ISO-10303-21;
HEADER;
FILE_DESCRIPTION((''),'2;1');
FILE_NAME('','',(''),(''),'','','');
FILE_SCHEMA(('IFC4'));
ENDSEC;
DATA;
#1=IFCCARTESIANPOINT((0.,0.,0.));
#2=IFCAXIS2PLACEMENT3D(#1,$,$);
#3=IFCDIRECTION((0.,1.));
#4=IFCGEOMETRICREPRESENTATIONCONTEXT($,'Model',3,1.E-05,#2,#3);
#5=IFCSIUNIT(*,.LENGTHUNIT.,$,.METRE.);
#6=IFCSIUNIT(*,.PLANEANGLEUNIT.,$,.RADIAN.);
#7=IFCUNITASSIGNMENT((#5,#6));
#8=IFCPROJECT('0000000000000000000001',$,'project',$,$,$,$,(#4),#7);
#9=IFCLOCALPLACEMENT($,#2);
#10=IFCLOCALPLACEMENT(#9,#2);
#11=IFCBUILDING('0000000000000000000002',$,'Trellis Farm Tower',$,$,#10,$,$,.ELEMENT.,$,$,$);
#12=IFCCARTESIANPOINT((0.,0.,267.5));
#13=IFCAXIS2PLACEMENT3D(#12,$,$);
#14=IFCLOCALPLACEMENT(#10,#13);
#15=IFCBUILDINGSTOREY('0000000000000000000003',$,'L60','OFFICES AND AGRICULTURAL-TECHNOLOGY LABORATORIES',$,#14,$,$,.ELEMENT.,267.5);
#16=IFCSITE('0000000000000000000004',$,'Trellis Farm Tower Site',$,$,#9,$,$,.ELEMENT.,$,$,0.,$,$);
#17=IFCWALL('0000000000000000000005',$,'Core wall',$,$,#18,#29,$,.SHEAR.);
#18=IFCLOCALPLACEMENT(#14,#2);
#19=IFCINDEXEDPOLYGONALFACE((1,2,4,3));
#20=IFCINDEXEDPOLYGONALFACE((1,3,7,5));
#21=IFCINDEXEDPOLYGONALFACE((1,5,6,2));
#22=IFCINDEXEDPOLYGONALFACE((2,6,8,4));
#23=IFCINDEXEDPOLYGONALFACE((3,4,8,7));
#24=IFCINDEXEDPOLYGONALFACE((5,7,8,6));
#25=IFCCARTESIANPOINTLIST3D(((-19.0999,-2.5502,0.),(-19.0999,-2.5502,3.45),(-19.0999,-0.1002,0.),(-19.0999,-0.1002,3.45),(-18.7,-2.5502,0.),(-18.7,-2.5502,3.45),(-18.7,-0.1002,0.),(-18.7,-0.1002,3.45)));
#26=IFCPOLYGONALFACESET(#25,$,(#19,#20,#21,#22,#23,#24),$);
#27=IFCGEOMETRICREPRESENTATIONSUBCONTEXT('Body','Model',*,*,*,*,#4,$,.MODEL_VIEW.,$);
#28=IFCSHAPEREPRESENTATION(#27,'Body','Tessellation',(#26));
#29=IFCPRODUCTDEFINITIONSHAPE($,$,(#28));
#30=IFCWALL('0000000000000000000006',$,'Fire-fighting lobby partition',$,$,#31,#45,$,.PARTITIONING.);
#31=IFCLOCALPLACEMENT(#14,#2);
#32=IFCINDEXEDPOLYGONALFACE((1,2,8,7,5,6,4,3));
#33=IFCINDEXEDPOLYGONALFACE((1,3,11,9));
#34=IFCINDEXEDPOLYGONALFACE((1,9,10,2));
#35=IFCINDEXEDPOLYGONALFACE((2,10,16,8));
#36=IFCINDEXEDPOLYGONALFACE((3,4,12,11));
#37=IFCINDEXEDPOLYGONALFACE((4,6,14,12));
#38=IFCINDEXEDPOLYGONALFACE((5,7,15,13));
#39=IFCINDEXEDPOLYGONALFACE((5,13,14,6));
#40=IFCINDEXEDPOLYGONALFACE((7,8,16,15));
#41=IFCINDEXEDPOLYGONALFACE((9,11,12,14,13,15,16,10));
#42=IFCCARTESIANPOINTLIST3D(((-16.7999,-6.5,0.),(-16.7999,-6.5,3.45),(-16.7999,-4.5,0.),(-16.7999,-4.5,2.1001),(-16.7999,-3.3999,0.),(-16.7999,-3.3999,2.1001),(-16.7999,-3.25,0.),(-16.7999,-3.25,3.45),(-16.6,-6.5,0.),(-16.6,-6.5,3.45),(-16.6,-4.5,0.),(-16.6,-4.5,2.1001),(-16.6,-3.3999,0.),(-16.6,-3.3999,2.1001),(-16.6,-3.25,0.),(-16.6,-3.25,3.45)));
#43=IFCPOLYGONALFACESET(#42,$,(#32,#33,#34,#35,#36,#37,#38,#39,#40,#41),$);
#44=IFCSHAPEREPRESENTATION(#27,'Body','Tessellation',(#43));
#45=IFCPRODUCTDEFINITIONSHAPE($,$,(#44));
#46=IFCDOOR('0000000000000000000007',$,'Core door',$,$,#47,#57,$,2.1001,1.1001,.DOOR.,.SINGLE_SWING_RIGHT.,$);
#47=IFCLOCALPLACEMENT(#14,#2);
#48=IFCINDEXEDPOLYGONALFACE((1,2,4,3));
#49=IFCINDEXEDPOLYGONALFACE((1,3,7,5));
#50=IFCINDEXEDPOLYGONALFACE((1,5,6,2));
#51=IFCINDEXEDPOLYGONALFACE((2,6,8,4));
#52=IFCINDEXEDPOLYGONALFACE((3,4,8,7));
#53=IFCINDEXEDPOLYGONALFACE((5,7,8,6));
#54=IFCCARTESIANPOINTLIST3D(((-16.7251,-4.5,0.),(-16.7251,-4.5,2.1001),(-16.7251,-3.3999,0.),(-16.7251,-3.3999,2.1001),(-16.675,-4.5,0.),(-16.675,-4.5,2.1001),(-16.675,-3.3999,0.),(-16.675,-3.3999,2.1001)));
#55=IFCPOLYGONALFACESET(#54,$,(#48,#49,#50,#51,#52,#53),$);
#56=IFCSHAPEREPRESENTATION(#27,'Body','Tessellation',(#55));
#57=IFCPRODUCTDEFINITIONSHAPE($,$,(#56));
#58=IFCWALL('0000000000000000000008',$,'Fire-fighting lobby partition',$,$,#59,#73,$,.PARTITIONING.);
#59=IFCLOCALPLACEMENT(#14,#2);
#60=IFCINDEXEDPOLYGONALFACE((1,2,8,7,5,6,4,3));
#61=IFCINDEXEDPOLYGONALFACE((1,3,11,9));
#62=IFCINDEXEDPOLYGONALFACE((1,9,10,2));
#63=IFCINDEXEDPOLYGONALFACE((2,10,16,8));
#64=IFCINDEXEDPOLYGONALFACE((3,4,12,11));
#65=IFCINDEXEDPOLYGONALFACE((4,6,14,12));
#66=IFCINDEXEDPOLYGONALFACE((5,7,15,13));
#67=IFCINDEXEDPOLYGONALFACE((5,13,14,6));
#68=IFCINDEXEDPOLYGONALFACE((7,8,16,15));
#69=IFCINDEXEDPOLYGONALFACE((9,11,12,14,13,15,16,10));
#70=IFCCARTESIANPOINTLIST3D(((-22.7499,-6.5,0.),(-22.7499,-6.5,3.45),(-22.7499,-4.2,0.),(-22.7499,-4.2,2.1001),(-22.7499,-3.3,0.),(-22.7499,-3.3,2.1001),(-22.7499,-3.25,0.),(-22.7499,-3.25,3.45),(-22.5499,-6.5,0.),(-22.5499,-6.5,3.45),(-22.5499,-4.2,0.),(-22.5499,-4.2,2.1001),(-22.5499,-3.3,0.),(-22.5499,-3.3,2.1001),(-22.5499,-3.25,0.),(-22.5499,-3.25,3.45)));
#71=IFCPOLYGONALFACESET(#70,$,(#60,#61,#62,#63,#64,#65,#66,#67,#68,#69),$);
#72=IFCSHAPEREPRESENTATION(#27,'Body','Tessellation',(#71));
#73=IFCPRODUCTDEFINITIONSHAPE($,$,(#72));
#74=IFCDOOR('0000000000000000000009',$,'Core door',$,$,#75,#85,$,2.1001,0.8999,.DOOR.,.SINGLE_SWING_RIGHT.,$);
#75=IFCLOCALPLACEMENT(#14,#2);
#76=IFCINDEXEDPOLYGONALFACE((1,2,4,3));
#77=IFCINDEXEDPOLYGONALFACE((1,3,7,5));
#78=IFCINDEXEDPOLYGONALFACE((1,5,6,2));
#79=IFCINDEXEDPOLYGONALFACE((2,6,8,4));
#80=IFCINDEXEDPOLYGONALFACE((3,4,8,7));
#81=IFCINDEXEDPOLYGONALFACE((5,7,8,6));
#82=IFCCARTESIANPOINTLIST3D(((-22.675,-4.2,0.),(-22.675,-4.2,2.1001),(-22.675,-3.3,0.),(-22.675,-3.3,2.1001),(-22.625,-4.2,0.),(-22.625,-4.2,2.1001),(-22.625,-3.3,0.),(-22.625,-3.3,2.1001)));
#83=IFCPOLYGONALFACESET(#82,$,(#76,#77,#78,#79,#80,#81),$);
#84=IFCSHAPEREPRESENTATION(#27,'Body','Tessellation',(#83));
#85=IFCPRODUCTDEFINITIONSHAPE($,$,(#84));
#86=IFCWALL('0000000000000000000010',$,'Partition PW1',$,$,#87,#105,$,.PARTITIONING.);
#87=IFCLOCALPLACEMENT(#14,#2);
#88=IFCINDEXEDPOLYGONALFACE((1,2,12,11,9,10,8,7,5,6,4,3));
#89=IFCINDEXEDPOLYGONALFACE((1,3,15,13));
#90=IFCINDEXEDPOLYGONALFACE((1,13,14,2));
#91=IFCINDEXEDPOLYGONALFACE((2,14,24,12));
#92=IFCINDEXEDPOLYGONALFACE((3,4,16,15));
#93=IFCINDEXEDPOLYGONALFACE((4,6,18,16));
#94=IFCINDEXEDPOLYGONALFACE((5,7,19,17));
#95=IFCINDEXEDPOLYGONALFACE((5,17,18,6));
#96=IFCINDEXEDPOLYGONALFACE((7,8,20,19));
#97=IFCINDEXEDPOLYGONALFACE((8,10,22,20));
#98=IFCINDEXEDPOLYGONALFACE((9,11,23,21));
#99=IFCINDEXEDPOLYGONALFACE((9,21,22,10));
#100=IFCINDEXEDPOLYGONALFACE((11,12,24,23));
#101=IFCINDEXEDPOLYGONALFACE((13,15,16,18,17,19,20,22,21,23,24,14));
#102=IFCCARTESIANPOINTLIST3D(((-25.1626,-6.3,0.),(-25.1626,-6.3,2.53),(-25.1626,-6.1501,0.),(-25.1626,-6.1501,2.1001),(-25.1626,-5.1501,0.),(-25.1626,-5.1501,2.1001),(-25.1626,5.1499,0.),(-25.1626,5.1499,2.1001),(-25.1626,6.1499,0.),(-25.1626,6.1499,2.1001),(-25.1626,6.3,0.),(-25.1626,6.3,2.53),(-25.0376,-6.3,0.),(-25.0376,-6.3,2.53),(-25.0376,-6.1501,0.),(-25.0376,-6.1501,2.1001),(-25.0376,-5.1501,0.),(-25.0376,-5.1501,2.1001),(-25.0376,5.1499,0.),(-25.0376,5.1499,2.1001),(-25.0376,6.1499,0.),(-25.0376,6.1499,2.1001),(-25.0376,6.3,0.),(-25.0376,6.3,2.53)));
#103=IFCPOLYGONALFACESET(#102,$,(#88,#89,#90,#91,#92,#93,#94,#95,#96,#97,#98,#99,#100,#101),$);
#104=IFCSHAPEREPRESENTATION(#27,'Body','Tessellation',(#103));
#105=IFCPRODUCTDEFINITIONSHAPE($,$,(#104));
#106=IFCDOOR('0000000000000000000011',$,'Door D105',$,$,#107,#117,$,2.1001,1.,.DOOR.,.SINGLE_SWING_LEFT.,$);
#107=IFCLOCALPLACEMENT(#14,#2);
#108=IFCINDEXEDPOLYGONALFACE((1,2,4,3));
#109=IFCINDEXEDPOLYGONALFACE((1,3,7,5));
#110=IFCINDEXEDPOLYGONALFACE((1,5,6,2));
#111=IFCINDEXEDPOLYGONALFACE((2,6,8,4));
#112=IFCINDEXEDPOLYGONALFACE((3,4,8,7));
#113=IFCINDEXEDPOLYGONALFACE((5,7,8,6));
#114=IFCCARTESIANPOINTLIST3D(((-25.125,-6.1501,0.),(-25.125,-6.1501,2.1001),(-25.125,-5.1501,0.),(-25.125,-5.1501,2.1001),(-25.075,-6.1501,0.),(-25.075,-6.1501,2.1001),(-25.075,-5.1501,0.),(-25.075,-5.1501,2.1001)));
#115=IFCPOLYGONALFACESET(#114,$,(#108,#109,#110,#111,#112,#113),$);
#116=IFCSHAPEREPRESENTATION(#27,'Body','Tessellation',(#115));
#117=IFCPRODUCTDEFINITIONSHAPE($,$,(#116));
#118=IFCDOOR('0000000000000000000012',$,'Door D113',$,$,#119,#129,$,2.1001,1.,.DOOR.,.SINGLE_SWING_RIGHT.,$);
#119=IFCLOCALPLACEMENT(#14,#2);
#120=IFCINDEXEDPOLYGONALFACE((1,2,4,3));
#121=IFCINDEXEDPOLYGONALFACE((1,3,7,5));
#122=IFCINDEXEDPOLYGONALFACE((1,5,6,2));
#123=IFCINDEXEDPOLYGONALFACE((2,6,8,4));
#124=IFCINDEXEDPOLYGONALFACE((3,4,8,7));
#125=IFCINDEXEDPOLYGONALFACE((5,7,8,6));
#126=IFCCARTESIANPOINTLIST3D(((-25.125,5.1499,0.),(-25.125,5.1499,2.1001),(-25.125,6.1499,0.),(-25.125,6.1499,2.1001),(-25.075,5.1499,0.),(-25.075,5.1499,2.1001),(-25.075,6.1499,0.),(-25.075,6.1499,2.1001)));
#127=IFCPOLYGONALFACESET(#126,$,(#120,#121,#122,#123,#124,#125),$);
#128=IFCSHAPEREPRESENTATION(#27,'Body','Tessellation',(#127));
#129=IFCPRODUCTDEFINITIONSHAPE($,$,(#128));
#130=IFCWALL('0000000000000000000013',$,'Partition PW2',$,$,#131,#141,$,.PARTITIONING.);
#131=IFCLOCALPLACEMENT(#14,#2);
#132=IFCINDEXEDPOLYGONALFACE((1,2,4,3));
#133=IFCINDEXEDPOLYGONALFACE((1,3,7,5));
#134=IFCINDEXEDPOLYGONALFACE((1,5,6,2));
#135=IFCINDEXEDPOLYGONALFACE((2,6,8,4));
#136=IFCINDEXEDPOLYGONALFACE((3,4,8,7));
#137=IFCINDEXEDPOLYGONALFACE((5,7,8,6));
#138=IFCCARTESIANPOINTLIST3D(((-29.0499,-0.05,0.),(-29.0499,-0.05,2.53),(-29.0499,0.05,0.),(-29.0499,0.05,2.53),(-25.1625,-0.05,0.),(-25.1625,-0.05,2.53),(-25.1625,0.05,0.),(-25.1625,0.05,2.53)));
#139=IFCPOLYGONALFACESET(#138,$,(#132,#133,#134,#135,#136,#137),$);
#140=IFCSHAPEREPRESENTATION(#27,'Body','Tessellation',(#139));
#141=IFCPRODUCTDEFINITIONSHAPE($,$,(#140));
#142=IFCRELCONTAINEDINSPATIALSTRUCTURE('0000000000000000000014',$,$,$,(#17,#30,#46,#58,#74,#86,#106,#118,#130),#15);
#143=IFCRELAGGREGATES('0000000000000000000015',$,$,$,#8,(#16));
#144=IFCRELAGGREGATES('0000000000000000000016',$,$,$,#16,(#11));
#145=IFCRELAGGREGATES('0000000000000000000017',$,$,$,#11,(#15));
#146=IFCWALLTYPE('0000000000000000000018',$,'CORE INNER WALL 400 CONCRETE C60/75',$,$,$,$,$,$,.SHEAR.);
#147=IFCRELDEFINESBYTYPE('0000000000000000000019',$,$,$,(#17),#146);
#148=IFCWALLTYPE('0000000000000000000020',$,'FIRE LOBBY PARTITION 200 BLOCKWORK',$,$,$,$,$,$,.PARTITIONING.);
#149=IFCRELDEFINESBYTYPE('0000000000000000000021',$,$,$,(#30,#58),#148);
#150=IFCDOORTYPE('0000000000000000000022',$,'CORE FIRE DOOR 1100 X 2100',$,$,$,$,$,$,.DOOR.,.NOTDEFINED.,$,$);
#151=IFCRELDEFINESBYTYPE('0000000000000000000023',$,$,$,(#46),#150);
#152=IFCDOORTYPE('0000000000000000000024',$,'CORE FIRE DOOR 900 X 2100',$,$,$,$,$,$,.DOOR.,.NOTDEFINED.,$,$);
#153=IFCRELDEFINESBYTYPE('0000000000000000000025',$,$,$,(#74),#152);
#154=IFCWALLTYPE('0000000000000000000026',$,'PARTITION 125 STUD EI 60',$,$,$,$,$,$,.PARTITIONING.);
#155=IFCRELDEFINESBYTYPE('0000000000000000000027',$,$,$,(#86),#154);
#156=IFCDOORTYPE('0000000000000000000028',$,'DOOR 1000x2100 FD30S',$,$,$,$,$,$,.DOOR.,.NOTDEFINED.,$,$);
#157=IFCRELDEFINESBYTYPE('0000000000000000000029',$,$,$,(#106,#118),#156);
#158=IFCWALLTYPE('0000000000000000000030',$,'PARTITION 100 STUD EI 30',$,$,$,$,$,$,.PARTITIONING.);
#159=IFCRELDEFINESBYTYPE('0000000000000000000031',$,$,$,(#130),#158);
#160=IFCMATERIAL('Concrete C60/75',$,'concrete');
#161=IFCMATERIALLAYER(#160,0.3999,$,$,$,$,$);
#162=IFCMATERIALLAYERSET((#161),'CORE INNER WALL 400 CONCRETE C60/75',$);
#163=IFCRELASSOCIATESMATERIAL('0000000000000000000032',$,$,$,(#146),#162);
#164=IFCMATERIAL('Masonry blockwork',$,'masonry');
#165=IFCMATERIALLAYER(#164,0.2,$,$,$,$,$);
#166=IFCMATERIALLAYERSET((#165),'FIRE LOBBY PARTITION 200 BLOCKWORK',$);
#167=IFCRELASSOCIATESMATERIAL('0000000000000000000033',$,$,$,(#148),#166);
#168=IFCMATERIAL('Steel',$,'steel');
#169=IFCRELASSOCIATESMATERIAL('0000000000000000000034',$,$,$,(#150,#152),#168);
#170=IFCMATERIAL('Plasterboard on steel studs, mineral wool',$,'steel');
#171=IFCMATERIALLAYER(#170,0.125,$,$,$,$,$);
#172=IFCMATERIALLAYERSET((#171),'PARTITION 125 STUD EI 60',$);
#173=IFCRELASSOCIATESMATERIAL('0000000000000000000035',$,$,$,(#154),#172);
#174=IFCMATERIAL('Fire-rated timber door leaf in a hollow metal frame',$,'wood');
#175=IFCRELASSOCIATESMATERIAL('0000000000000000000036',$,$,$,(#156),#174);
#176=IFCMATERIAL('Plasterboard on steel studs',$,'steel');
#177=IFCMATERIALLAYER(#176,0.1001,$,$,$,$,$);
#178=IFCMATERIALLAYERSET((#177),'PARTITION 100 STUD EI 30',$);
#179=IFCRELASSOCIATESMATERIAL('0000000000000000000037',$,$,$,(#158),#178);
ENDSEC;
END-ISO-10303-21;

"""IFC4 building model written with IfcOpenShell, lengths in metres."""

from ifc_helpers import new_model, si_unit, direction, frame, frame_2d, origin, place, context, subcontext, project, spatial, rectangle, extrude, source, transform, mapped, material, layer, layer_set, type_object, element, fill, save


model = new_model("IFC4")

# Units and contexts
model_context = context("Model", 3, precision=1e-05, world=origin(), true_north=direction((0.0, 1.0)))
body_context = subcontext(model_context, "Body", "Model", "MODEL_VIEW")
ifc_project = project(units=[si_unit("LENGTHUNIT", "METRE"), si_unit("PLANEANGLEUNIT", "RADIAN")], contexts=[model_context])

# Site, building, storey
site_placement = place(None, origin())
site = spatial("IfcSite", under=ifc_project, at=site_placement, Name="Trellis Farm Tower Site", CompositionType="ELEMENT", RefElevation=0.0)
building_placement = place(site_placement, origin())
building = spatial("IfcBuilding", under=site, at=building_placement, Name="Trellis Farm Tower", CompositionType="ELEMENT")
storey_placement = place(building_placement, frame((0.0, 0.0, 267.5)))
storey = spatial("IfcBuildingStorey", under=building, at=storey_placement, Name="L60", Description="OFFICES AND AGRICULTURAL-TECHNOLOGY LABORATORIES", CompositionType="ELEMENT", Elevation=267.5)

# Shared definitions
ifc_material_1 = material(Name="Concrete C60/75", Category="concrete")

# Wall
ifc_layer_1 = layer(ifc_material_1, 0.3999)
ifc_layer_set_1 = layer_set([ifc_layer_1], Name="CORE INNER WALL 400 CONCRETE C60/75")
wall_type_1 = type_object("IfcWallType", Name="CORE INNER WALL 400 CONCRETE C60/75", PredefinedType="SHEAR", material=ifc_layer_set_1)
shared_shape_1 = source(origin(), body_context, "Body", "SweptSolid", [
    extrude(rectangle(XDim=2.45, YDim=0.3999, at=frame_2d((1.2251, 0.0))), origin(), (0.0, 0.0, 1.0), 3.45),
])
for number, where, z_axis, x_axis, name in (
    (1, (-18.8999, -0.1001, 0.0), (0.0, 0.0, 1.0), (0.0, -1.0, 0.0), "Core wall"),
):
    element("IfcWall", number, at=place(storey_placement, frame(where, z_axis=z_axis, x_axis=x_axis)), inside=storey, type_object=wall_type_1, Name=name, PredefinedType="SHEAR", context=body_context, shape_type="MappedRepresentation", body=[
        mapped(shared_shape_1, transform((0.0, 0.0, 0.0))),
    ])

# Walls, openings, doors
ifc_material_2 = material(Name="Masonry blockwork", Category="masonry")
ifc_layer_2 = layer(ifc_material_2, 0.2)
ifc_layer_set_2 = layer_set([ifc_layer_2], Name="FIRE LOBBY PARTITION 200 BLOCKWORK")
wall_type_2 = type_object("IfcWallType", Name="FIRE LOBBY PARTITION 200 BLOCKWORK", PredefinedType="PARTITIONING", material=ifc_layer_set_2)
shared_shape_2 = source(origin(), body_context, "Body", "SweptSolid", [
    extrude(rectangle(XDim=3.25, YDim=0.2, at=frame_2d((1.625, 0.0))), origin(), (0.0, 0.0, 1.0), 3.45),
])
wall_1_placement = place(storey_placement, frame((-16.7, -3.25, 0.0), z_axis=(0.0, 0.0, 1.0), x_axis=(0.0, -1.0, 0.0)))
wall_1 = element("IfcWall", 2, at=wall_1_placement, inside=storey, type_object=wall_type_2, Name="Fire-fighting lobby partition", PredefinedType="PARTITIONING", context=body_context, shape_type="MappedRepresentation", body=[
    mapped(shared_shape_2, transform((0.0, 0.0, 0.0))),
])
shared_shape_3 = source(origin(), body_context, "Body", "SweptSolid", [
    extrude(rectangle(XDim=1.1001, YDim=2.1001, at=frame_2d((0.55, 1.05))), frame((0.0, 0.1101, 0.0), z_axis=(0.0, -1.0, 0.0), x_axis=(1.0, 0.0, 0.0)), (0.0, 0.0, 1.0), 0.2202),
])
opening_1_placement = place(wall_1_placement, frame((0.1499, 0.0, 0.0)))
opening_1 = element("IfcOpeningElement", 3, at=opening_1_placement, cuts=wall_1, PredefinedType="OPENING", context=body_context, shape_type="MappedRepresentation", body=[
    mapped(shared_shape_3, transform((0.0, 0.0, 0.0))),
])
ifc_material_3 = material(Name="Steel", Category="steel")
door_type_1 = type_object("IfcDoorType", Name="CORE FIRE DOOR 1100 X 2100", OperationType="NOTDEFINED", PredefinedType="DOOR", material=ifc_material_3)
shared_shape_4 = source(origin(), body_context, "Body", "SweptSolid", [
    extrude(rectangle(XDim=1.1001, YDim=2.1001, at=frame_2d((0.55, 1.05))), frame((0.0, 0.0249, 0.0), z_axis=(0.0, -1.0, 0.0), x_axis=(1.0, 0.0, 0.0)), (0.0, 0.0, 1.0), 0.05),
])
door_1_placement = place(opening_1_placement, origin())
door_1 = element("IfcDoor", 4, at=door_1_placement, inside=storey, type_object=door_type_1, Name="Core door", OperationType="SINGLE_SWING_RIGHT", OverallHeight=2.1001, OverallWidth=1.1001, PredefinedType="DOOR", context=body_context, shape_type="MappedRepresentation", body=[
    mapped(shared_shape_4, transform((0.0, 0.0, 0.0))),
])
fill(opening_1, door_1)
wall_2_placement = place(storey_placement, frame((-22.6499, -3.25, 0.0), z_axis=(0.0, 0.0, 1.0), x_axis=(0.0, -1.0, 0.0)))
wall_2 = element("IfcWall", 5, at=wall_2_placement, inside=storey, type_object=wall_type_2, Name="Fire-fighting lobby partition", PredefinedType="PARTITIONING", context=body_context, shape_type="MappedRepresentation", body=[
    mapped(shared_shape_2, transform((0.0, 0.0, 0.0))),
])
shared_shape_5 = source(origin(), body_context, "Body", "SweptSolid", [
    extrude(rectangle(XDim=0.8999, YDim=2.1001, at=frame_2d((0.45, 1.05))), frame((0.0, 0.1101, 0.0), z_axis=(0.0, -1.0, 0.0), x_axis=(1.0, 0.0, 0.0)), (0.0, 0.0, 1.0), 0.2202),
])
opening_2_placement = place(wall_2_placement, frame((0.05, 0.0, 0.0)))
opening_2 = element("IfcOpeningElement", 6, at=opening_2_placement, cuts=wall_2, PredefinedType="OPENING", context=body_context, shape_type="MappedRepresentation", body=[
    mapped(shared_shape_5, transform((0.0, 0.0, 0.0))),
])
door_type_2 = type_object("IfcDoorType", Name="CORE FIRE DOOR 900 X 2100", OperationType="NOTDEFINED", PredefinedType="DOOR", material=ifc_material_3)
shared_shape_6 = source(origin(), body_context, "Body", "SweptSolid", [
    extrude(rectangle(XDim=0.8999, YDim=2.1001, at=frame_2d((0.45, 1.05))), frame((0.0, 0.0249, 0.0), z_axis=(0.0, -1.0, 0.0), x_axis=(1.0, 0.0, 0.0)), (0.0, 0.0, 1.0), 0.05),
])
door_2_placement = place(opening_2_placement, origin())
door_2 = element("IfcDoor", 7, at=door_2_placement, inside=storey, type_object=door_type_2, Name="Core door", OperationType="SINGLE_SWING_RIGHT", OverallHeight=2.1001, OverallWidth=0.8999, PredefinedType="DOOR", context=body_context, shape_type="MappedRepresentation", body=[
    mapped(shared_shape_6, transform((0.0, 0.0, 0.0))),
])
fill(opening_2, door_2)

# Wall, openings, doors
ifc_material_4 = material(Name="Plasterboard on steel studs, mineral wool", Category="steel")
ifc_layer_3 = layer(ifc_material_4, 0.125)
ifc_layer_set_3 = layer_set([ifc_layer_3], Name="PARTITION 125 STUD EI 60")
wall_type_3 = type_object("IfcWallType", Name="PARTITION 125 STUD EI 60", PredefinedType="PARTITIONING", material=ifc_layer_set_3)
shared_shape_7 = source(origin(), body_context, "Body", "SweptSolid", [
    extrude(rectangle(XDim=12.6001, YDim=0.125, at=frame_2d((6.3, 0.0))), origin(), (0.0, 0.0, 1.0), 2.53),
])
wall_3_placement = place(storey_placement, frame((-25.1001, -6.3, 0.0), z_axis=(0.0, 0.0, 1.0), x_axis=(0.0, 1.0, 0.0)))
wall_3 = element("IfcWall", 8, at=wall_3_placement, inside=storey, type_object=wall_type_3, Name="Partition PW1", PredefinedType="PARTITIONING", context=body_context, shape_type="MappedRepresentation", body=[
    mapped(shared_shape_7, transform((0.0, 0.0, 0.0))),
])
shared_shape_8 = source(origin(), body_context, "Body", "SweptSolid", [
    extrude(rectangle(XDim=1.0, YDim=2.1001, at=frame_2d((0.5, 1.05))), frame((0.0, 0.0725, 0.0), z_axis=(0.0, -1.0, 0.0), x_axis=(1.0, 0.0, 0.0)), (0.0, 0.0, 1.0), 0.145),
])
opening_3_placement = place(wall_3_placement, frame((0.1499, 0.0, 0.0)))
opening_3 = element("IfcOpeningElement", 9, at=opening_3_placement, cuts=wall_3, PredefinedType="OPENING", context=body_context, shape_type="MappedRepresentation", body=[
    mapped(shared_shape_8, transform((0.0, 0.0, 0.0))),
])
opening_4_placement = place(wall_3_placement, frame((11.45, 0.0, 0.0)))
opening_4 = element("IfcOpeningElement", 10, at=opening_4_placement, cuts=wall_3, PredefinedType="OPENING", context=body_context, shape_type="MappedRepresentation", body=[
    mapped(shared_shape_8, transform((0.0, 0.0, 0.0))),
])
ifc_material_5 = material(Name="Fire-rated timber door leaf in a hollow metal frame", Category="wood")
door_type_3 = type_object("IfcDoorType", Name="DOOR 1000x2100 FD30S", OperationType="NOTDEFINED", PredefinedType="DOOR", material=ifc_material_5)
shared_shape_9 = source(origin(), body_context, "Body", "SweptSolid", [
    extrude(rectangle(XDim=1.0, YDim=2.1001, at=frame_2d((0.5, 1.05))), frame((0.0, 0.0249, 0.0), z_axis=(0.0, -1.0, 0.0), x_axis=(1.0, 0.0, 0.0)), (0.0, 0.0, 1.0), 0.05),
])
door_3_placement = place(opening_3_placement, origin())
door_3 = element("IfcDoor", 11, at=door_3_placement, inside=storey, type_object=door_type_3, Name="Door D105", OperationType="SINGLE_SWING_LEFT", OverallHeight=2.1001, OverallWidth=1.0, PredefinedType="DOOR", context=body_context, shape_type="MappedRepresentation", body=[
    mapped(shared_shape_9, transform((0.0, 0.0, 0.0))),
])
fill(opening_3, door_3)
door_4_placement = place(opening_4_placement, origin())
door_4 = element("IfcDoor", 12, at=door_4_placement, inside=storey, type_object=door_type_3, Name="Door D113", OperationType="SINGLE_SWING_RIGHT", OverallHeight=2.1001, OverallWidth=1.0, PredefinedType="DOOR", context=body_context, shape_type="MappedRepresentation", body=[
    mapped(shared_shape_9, transform((0.0, 0.0, 0.0))),
])
fill(opening_4, door_4)

# Wall
ifc_material_6 = material(Name="Plasterboard on steel studs", Category="steel")
ifc_layer_4 = layer(ifc_material_6, 0.1001)
ifc_layer_set_4 = layer_set([ifc_layer_4], Name="PARTITION 100 STUD EI 30")
wall_type_4 = type_object("IfcWallType", Name="PARTITION 100 STUD EI 30", PredefinedType="PARTITIONING", material=ifc_layer_set_4)
shared_shape_10 = source(origin(), body_context, "Body", "SweptSolid", [
    extrude(rectangle(XDim=3.8875, YDim=0.1001, at=frame_2d((1.9438, 0.0))), origin(), (0.0, 0.0, 1.0), 2.53),
])
wall_4_placement = place(storey_placement, frame((-29.05, 0.0, 0.0), z_axis=(0.0, 0.0, 1.0), x_axis=(1.0, 0.0, 0.0)))
element("IfcWall", 13, at=wall_4_placement, inside=storey, type_object=wall_type_4, Name="Partition PW2", PredefinedType="PARTITIONING", context=body_context, shape_type="MappedRepresentation", body=[
    mapped(shared_shape_10, transform((0.0, 0.0, 0.0))),
])

save(model, "model.ifc")
